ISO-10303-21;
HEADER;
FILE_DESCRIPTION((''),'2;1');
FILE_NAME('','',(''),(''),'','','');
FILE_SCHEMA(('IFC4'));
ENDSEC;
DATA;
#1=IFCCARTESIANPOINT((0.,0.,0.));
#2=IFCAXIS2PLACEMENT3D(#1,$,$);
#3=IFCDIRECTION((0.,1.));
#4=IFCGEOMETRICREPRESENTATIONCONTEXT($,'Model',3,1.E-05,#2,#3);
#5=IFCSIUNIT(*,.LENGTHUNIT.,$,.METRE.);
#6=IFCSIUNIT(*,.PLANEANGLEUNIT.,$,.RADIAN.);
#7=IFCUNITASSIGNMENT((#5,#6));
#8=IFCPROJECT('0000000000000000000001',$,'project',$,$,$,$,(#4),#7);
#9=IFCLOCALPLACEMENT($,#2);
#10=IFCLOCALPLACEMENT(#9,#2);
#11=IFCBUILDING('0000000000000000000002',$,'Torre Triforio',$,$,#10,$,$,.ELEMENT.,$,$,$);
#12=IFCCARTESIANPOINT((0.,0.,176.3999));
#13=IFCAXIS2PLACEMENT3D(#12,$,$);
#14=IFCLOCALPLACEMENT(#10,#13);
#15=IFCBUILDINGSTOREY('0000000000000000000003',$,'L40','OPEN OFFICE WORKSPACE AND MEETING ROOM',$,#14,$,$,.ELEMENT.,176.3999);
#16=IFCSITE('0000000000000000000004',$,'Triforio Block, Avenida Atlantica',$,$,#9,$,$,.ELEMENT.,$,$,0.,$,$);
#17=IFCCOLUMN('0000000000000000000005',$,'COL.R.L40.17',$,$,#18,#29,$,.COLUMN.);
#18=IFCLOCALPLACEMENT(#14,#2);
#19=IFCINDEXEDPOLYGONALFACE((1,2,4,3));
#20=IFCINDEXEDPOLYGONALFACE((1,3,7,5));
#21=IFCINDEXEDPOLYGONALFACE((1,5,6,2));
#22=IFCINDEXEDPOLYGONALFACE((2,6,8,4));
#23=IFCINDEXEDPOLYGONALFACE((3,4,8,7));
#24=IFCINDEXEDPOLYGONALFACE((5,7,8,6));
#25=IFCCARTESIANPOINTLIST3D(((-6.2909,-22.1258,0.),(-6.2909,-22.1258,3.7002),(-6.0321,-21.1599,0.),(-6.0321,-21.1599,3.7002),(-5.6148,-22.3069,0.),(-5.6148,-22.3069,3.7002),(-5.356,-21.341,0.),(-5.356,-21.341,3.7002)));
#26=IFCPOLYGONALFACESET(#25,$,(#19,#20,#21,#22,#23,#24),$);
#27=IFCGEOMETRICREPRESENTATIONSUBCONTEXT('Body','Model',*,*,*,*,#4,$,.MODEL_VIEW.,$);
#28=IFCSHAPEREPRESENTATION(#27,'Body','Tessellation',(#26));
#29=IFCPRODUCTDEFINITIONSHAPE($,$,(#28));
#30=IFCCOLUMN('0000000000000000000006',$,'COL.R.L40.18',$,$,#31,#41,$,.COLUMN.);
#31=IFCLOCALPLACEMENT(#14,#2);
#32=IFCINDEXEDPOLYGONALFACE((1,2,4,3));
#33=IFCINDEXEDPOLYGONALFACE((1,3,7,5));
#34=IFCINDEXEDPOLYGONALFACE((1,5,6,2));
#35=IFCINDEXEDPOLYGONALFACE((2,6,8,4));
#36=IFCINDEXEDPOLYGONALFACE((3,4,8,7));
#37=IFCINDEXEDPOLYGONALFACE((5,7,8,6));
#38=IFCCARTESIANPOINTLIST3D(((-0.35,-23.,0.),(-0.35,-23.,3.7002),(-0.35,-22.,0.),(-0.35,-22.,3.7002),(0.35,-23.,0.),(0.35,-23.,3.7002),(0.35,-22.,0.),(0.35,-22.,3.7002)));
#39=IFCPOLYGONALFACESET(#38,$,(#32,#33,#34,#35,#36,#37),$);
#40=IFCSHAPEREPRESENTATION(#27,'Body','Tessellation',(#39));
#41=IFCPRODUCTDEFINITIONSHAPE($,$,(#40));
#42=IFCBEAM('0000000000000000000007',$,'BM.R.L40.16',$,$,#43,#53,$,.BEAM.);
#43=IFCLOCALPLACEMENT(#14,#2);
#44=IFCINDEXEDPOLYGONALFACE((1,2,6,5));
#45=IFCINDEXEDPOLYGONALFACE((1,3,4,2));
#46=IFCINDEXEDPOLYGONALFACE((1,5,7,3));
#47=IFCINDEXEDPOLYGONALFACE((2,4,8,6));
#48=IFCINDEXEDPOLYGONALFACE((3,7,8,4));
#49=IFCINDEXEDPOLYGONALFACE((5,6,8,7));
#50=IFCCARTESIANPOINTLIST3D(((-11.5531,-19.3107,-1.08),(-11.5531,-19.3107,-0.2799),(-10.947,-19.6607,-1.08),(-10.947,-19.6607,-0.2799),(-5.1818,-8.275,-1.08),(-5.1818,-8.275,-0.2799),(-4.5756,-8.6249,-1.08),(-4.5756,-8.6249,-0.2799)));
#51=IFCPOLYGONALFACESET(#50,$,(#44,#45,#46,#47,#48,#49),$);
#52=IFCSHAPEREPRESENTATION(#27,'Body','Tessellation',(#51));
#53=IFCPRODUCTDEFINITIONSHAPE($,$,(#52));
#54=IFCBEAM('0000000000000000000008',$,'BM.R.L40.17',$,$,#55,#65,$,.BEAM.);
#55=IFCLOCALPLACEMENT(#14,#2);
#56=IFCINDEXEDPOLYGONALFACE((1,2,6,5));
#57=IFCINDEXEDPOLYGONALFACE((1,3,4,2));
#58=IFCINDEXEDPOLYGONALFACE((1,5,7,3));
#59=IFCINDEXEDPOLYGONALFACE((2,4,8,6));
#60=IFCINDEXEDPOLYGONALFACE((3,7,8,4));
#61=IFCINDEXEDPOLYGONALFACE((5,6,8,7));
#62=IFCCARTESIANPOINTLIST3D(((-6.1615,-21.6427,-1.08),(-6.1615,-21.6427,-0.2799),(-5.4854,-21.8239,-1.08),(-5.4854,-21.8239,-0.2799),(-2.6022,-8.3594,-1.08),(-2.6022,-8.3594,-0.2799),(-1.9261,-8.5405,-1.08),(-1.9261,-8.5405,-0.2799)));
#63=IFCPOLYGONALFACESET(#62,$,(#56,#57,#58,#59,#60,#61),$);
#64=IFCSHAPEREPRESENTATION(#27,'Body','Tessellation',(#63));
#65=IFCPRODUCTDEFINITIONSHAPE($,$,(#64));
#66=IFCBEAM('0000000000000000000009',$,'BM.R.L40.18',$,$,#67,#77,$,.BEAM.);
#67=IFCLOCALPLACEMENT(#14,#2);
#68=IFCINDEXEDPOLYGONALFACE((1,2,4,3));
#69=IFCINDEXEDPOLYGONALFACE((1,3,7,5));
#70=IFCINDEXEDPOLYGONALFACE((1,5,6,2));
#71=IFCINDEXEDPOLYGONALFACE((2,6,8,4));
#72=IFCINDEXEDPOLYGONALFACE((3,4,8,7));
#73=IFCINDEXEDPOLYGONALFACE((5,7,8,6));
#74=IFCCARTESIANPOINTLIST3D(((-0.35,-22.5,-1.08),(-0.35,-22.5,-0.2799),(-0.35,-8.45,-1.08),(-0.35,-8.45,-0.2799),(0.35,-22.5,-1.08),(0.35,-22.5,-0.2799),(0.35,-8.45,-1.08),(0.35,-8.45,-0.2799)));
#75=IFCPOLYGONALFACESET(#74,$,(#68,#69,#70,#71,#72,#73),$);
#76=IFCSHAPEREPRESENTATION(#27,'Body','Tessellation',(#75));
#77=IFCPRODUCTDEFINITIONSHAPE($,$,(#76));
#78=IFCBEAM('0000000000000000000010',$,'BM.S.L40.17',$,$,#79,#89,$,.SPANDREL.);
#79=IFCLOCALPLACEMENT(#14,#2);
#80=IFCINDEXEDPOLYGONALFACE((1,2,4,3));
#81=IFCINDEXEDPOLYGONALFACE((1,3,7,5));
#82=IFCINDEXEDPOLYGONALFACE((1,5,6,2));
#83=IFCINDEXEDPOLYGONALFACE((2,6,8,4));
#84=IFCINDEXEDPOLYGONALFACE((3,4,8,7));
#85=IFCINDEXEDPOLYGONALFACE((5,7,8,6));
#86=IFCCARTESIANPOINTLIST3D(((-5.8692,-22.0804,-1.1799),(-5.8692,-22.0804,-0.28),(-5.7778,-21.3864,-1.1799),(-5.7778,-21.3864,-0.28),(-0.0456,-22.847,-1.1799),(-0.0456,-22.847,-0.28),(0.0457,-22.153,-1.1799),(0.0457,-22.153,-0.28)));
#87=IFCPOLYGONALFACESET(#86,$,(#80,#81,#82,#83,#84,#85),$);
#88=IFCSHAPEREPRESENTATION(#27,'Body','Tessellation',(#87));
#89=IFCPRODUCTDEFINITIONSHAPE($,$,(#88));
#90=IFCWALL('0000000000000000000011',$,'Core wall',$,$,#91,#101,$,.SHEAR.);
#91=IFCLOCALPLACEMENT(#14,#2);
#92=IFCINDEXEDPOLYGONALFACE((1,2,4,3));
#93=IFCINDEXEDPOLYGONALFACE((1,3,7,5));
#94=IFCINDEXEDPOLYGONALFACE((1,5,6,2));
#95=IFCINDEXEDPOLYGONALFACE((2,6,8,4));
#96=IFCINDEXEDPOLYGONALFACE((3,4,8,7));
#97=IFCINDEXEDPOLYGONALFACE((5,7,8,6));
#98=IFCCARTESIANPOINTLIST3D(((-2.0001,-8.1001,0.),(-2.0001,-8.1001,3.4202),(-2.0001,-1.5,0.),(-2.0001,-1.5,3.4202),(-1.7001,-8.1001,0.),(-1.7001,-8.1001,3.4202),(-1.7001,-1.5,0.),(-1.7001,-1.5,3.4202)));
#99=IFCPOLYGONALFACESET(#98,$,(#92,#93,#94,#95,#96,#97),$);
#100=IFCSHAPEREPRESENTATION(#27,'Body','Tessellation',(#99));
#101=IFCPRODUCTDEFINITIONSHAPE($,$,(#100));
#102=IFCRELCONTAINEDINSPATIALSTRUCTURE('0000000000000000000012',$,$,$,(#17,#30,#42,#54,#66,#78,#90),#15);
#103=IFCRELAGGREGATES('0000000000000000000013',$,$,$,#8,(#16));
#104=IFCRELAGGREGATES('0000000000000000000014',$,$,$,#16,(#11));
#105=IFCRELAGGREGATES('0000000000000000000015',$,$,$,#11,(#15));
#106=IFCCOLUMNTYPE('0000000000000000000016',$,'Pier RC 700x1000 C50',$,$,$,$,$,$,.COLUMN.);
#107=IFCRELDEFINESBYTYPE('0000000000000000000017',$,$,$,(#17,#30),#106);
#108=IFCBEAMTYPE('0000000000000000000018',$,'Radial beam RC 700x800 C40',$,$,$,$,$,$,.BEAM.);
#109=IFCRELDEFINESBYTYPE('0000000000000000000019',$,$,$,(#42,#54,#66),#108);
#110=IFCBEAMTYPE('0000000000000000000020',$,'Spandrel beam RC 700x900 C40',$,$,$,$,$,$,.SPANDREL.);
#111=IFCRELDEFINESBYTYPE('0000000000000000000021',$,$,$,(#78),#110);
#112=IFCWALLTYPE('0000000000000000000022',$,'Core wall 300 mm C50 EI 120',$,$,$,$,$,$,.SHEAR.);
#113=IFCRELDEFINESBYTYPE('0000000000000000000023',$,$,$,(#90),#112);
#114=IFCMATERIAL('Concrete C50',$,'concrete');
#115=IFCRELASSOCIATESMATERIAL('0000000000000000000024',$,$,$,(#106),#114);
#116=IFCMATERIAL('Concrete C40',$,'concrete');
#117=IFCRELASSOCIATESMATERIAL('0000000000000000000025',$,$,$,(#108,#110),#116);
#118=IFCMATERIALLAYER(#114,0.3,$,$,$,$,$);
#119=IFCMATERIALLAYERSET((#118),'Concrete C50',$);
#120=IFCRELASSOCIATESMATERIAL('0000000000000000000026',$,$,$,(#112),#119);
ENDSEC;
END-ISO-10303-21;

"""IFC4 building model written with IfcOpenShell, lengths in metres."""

from ifc_helpers import new_model, si_unit, direction, frame, frame_2d, origin, origin_2d, place, context, subcontext, project, spatial, rectangle, extrude, material, layer, layer_set, material_profile, profile_set, type_object, element, save


model = new_model("IFC4")

# Units and contexts
model_context = context("Model", 3, precision=1e-05, world=origin(), true_north=direction((0.0, 1.0)))
body_context = subcontext(model_context, "Body", "Model", "MODEL_VIEW")
ifc_project = project(units=[si_unit("LENGTHUNIT", "METRE"), si_unit("PLANEANGLEUNIT", "RADIAN")], contexts=[model_context])

# Site, building, storey
site_placement = place(None, origin())
site = spatial("IfcSite", under=ifc_project, at=site_placement, Name="Triforio Block, Avenida Atlantica", CompositionType="ELEMENT", RefElevation=0.0)
building_placement = place(site_placement, origin())
building = spatial("IfcBuilding", under=site, at=building_placement, Name="Torre Triforio", CompositionType="ELEMENT")
storey_placement = place(building_placement, frame((0.0, 0.0, 176.3999)))
storey = spatial("IfcBuildingStorey", under=building, at=storey_placement, Name="L40", Description="OPEN OFFICE WORKSPACE AND MEETING ROOM", CompositionType="ELEMENT", Elevation=176.3999)

# Columns
ifc_material_1 = material(Name="Concrete C50", Category="concrete")
ifc_material_profile_1 = material_profile(ifc_material_1, rectangle(XDim=0.7, YDim=1.0, at=origin_2d()), Name="RC 700x1000")
ifc_profile_set_1 = profile_set([ifc_material_profile_1], Name="Concrete C50")
column_type = type_object("IfcColumnType", Name="Pier RC 700x1000 C50", PredefinedType="COLUMN", material=ifc_profile_set_1)
for number, where, z_axis, x_axis, name in (
    (1, (-5.8235, -21.7334, 0.0), (0.0, 0.0, 1.0), (0.965926, -0.258819, 0.0), "COL.R.L40.17"),
    (2, (0.0, -22.5, 0.0), (0.0, 0.0, 1.0), (1.0, 0.0, 0.0), "COL.R.L40.18"),
):
    element("IfcColumn", number, at=place(storey_placement, frame(where, z_axis=z_axis, x_axis=x_axis)), inside=storey, type_object=column_type, Name=name, PredefinedType="COLUMN", context=body_context, shape_type="SweptSolid", body=[
        extrude(rectangle(XDim=0.7, YDim=1.0, at=origin_2d()), origin(), (0.0, 0.0, 1.0), 3.7002),
    ])

# Beams
ifc_material_2 = material(Name="Concrete C40", Category="concrete")
ifc_material_profile_2 = material_profile(ifc_material_2, rectangle(XDim=0.7, YDim=0.8, at=origin_2d()), Name="RC 700x800")
ifc_profile_set_2 = profile_set([ifc_material_profile_2], Name="Concrete C40")
beam_type_1 = type_object("IfcBeamType", Name="Radial beam RC 700x800 C40", PredefinedType="BEAM", material=ifc_profile_set_2)
beam_1_placement = place(storey_placement, frame((-4.8787, -8.45, -0.6799), z_axis=(-0.499994, -0.866029, 0.0), x_axis=(0.866029, -0.499994, 0.0)))
element("IfcBeam", 3, at=beam_1_placement, inside=storey, type_object=beam_type_1, Name="BM.R.L40.16", PredefinedType="BEAM", context=body_context, shape_type="SweptSolid", body=[
    extrude(rectangle(XDim=0.7, YDim=0.8, at=origin_2d()), origin(), (0.0, 0.0, 1.0), 12.7429),
])
beam_2_placement = place(storey_placement, frame((-2.2642, -8.45, -0.6799), z_axis=(-0.258822, -0.965925, 0.0), x_axis=(0.965925, -0.258822, 0.0)))
element("IfcBeam", 4, at=beam_2_placement, inside=storey, type_object=beam_type_1, Name="BM.R.L40.17", PredefinedType="BEAM", context=body_context, shape_type="SweptSolid", body=[
    extrude(rectangle(XDim=0.7, YDim=0.8, at=origin_2d()), origin(), (0.0, 0.0, 1.0), 13.752),
])
beam_3_placement = place(storey_placement, frame((0.0, -8.45, -0.6799), z_axis=(0.0, -1.0, 0.0), x_axis=(1.0, 0.0, 0.0)))
element("IfcBeam", 5, at=beam_3_placement, inside=storey, type_object=beam_type_1, Name="BM.R.L40.18", PredefinedType="BEAM", context=body_context, shape_type="SweptSolid", body=[
    extrude(rectangle(XDim=0.7, YDim=0.8, at=origin_2d()), origin(), (0.0, 0.0, 1.0), 14.05),
])
ifc_material_profile_3 = material_profile(ifc_material_2, rectangle(XDim=0.7, YDim=0.8999, at=origin_2d()), Name="RC 700x900")
ifc_profile_set_3 = profile_set([ifc_material_profile_3], Name="Concrete C40")
beam_type_2 = type_object("IfcBeamType", Name="Spandrel beam RC 700x900 C40", PredefinedType="SPANDREL", material=ifc_profile_set_3)
beam_4_placement = place(storey_placement, frame((-5.8235, -21.7334, -0.73), z_axis=(0.991447, -0.130514, 0.0), x_axis=(0.130514, 0.991447, 0.0)))
element("IfcBeam", 6, at=beam_4_placement, inside=storey, type_object=beam_type_2, Name="BM.S.L40.17", PredefinedType="SPANDREL", context=body_context, shape_type="SweptSolid", body=[
    extrude(rectangle(XDim=0.7, YDim=0.8999, at=origin_2d()), origin(), (0.0, 0.0, 1.0), 5.8738),
])

# Wall
ifc_layer_1 = layer(ifc_material_1, 0.3)
ifc_layer_set_1 = layer_set([ifc_layer_1], Name="Concrete C50")
wall_type_1 = type_object("IfcWallType", Name="Core wall 300 mm C50 EI 120", PredefinedType="SHEAR", material=ifc_layer_set_1)
wall_1_placement = place(storey_placement, frame((-1.8501, -8.1001, 0.0), z_axis=(0.0, 0.0, 1.0), x_axis=(0.0, 1.0, 0.0)))
element("IfcWall", 7, at=wall_1_placement, inside=storey, type_object=wall_type_1, Name="Core wall", PredefinedType="SHEAR", context=body_context, shape_type="SweptSolid", body=[
    extrude(rectangle(XDim=6.6001, YDim=0.3, at=frame_2d((3.3, 0.0))), origin(), (0.0, 0.0, 1.0), 3.4202),
])

save(model, "model.ifc")
